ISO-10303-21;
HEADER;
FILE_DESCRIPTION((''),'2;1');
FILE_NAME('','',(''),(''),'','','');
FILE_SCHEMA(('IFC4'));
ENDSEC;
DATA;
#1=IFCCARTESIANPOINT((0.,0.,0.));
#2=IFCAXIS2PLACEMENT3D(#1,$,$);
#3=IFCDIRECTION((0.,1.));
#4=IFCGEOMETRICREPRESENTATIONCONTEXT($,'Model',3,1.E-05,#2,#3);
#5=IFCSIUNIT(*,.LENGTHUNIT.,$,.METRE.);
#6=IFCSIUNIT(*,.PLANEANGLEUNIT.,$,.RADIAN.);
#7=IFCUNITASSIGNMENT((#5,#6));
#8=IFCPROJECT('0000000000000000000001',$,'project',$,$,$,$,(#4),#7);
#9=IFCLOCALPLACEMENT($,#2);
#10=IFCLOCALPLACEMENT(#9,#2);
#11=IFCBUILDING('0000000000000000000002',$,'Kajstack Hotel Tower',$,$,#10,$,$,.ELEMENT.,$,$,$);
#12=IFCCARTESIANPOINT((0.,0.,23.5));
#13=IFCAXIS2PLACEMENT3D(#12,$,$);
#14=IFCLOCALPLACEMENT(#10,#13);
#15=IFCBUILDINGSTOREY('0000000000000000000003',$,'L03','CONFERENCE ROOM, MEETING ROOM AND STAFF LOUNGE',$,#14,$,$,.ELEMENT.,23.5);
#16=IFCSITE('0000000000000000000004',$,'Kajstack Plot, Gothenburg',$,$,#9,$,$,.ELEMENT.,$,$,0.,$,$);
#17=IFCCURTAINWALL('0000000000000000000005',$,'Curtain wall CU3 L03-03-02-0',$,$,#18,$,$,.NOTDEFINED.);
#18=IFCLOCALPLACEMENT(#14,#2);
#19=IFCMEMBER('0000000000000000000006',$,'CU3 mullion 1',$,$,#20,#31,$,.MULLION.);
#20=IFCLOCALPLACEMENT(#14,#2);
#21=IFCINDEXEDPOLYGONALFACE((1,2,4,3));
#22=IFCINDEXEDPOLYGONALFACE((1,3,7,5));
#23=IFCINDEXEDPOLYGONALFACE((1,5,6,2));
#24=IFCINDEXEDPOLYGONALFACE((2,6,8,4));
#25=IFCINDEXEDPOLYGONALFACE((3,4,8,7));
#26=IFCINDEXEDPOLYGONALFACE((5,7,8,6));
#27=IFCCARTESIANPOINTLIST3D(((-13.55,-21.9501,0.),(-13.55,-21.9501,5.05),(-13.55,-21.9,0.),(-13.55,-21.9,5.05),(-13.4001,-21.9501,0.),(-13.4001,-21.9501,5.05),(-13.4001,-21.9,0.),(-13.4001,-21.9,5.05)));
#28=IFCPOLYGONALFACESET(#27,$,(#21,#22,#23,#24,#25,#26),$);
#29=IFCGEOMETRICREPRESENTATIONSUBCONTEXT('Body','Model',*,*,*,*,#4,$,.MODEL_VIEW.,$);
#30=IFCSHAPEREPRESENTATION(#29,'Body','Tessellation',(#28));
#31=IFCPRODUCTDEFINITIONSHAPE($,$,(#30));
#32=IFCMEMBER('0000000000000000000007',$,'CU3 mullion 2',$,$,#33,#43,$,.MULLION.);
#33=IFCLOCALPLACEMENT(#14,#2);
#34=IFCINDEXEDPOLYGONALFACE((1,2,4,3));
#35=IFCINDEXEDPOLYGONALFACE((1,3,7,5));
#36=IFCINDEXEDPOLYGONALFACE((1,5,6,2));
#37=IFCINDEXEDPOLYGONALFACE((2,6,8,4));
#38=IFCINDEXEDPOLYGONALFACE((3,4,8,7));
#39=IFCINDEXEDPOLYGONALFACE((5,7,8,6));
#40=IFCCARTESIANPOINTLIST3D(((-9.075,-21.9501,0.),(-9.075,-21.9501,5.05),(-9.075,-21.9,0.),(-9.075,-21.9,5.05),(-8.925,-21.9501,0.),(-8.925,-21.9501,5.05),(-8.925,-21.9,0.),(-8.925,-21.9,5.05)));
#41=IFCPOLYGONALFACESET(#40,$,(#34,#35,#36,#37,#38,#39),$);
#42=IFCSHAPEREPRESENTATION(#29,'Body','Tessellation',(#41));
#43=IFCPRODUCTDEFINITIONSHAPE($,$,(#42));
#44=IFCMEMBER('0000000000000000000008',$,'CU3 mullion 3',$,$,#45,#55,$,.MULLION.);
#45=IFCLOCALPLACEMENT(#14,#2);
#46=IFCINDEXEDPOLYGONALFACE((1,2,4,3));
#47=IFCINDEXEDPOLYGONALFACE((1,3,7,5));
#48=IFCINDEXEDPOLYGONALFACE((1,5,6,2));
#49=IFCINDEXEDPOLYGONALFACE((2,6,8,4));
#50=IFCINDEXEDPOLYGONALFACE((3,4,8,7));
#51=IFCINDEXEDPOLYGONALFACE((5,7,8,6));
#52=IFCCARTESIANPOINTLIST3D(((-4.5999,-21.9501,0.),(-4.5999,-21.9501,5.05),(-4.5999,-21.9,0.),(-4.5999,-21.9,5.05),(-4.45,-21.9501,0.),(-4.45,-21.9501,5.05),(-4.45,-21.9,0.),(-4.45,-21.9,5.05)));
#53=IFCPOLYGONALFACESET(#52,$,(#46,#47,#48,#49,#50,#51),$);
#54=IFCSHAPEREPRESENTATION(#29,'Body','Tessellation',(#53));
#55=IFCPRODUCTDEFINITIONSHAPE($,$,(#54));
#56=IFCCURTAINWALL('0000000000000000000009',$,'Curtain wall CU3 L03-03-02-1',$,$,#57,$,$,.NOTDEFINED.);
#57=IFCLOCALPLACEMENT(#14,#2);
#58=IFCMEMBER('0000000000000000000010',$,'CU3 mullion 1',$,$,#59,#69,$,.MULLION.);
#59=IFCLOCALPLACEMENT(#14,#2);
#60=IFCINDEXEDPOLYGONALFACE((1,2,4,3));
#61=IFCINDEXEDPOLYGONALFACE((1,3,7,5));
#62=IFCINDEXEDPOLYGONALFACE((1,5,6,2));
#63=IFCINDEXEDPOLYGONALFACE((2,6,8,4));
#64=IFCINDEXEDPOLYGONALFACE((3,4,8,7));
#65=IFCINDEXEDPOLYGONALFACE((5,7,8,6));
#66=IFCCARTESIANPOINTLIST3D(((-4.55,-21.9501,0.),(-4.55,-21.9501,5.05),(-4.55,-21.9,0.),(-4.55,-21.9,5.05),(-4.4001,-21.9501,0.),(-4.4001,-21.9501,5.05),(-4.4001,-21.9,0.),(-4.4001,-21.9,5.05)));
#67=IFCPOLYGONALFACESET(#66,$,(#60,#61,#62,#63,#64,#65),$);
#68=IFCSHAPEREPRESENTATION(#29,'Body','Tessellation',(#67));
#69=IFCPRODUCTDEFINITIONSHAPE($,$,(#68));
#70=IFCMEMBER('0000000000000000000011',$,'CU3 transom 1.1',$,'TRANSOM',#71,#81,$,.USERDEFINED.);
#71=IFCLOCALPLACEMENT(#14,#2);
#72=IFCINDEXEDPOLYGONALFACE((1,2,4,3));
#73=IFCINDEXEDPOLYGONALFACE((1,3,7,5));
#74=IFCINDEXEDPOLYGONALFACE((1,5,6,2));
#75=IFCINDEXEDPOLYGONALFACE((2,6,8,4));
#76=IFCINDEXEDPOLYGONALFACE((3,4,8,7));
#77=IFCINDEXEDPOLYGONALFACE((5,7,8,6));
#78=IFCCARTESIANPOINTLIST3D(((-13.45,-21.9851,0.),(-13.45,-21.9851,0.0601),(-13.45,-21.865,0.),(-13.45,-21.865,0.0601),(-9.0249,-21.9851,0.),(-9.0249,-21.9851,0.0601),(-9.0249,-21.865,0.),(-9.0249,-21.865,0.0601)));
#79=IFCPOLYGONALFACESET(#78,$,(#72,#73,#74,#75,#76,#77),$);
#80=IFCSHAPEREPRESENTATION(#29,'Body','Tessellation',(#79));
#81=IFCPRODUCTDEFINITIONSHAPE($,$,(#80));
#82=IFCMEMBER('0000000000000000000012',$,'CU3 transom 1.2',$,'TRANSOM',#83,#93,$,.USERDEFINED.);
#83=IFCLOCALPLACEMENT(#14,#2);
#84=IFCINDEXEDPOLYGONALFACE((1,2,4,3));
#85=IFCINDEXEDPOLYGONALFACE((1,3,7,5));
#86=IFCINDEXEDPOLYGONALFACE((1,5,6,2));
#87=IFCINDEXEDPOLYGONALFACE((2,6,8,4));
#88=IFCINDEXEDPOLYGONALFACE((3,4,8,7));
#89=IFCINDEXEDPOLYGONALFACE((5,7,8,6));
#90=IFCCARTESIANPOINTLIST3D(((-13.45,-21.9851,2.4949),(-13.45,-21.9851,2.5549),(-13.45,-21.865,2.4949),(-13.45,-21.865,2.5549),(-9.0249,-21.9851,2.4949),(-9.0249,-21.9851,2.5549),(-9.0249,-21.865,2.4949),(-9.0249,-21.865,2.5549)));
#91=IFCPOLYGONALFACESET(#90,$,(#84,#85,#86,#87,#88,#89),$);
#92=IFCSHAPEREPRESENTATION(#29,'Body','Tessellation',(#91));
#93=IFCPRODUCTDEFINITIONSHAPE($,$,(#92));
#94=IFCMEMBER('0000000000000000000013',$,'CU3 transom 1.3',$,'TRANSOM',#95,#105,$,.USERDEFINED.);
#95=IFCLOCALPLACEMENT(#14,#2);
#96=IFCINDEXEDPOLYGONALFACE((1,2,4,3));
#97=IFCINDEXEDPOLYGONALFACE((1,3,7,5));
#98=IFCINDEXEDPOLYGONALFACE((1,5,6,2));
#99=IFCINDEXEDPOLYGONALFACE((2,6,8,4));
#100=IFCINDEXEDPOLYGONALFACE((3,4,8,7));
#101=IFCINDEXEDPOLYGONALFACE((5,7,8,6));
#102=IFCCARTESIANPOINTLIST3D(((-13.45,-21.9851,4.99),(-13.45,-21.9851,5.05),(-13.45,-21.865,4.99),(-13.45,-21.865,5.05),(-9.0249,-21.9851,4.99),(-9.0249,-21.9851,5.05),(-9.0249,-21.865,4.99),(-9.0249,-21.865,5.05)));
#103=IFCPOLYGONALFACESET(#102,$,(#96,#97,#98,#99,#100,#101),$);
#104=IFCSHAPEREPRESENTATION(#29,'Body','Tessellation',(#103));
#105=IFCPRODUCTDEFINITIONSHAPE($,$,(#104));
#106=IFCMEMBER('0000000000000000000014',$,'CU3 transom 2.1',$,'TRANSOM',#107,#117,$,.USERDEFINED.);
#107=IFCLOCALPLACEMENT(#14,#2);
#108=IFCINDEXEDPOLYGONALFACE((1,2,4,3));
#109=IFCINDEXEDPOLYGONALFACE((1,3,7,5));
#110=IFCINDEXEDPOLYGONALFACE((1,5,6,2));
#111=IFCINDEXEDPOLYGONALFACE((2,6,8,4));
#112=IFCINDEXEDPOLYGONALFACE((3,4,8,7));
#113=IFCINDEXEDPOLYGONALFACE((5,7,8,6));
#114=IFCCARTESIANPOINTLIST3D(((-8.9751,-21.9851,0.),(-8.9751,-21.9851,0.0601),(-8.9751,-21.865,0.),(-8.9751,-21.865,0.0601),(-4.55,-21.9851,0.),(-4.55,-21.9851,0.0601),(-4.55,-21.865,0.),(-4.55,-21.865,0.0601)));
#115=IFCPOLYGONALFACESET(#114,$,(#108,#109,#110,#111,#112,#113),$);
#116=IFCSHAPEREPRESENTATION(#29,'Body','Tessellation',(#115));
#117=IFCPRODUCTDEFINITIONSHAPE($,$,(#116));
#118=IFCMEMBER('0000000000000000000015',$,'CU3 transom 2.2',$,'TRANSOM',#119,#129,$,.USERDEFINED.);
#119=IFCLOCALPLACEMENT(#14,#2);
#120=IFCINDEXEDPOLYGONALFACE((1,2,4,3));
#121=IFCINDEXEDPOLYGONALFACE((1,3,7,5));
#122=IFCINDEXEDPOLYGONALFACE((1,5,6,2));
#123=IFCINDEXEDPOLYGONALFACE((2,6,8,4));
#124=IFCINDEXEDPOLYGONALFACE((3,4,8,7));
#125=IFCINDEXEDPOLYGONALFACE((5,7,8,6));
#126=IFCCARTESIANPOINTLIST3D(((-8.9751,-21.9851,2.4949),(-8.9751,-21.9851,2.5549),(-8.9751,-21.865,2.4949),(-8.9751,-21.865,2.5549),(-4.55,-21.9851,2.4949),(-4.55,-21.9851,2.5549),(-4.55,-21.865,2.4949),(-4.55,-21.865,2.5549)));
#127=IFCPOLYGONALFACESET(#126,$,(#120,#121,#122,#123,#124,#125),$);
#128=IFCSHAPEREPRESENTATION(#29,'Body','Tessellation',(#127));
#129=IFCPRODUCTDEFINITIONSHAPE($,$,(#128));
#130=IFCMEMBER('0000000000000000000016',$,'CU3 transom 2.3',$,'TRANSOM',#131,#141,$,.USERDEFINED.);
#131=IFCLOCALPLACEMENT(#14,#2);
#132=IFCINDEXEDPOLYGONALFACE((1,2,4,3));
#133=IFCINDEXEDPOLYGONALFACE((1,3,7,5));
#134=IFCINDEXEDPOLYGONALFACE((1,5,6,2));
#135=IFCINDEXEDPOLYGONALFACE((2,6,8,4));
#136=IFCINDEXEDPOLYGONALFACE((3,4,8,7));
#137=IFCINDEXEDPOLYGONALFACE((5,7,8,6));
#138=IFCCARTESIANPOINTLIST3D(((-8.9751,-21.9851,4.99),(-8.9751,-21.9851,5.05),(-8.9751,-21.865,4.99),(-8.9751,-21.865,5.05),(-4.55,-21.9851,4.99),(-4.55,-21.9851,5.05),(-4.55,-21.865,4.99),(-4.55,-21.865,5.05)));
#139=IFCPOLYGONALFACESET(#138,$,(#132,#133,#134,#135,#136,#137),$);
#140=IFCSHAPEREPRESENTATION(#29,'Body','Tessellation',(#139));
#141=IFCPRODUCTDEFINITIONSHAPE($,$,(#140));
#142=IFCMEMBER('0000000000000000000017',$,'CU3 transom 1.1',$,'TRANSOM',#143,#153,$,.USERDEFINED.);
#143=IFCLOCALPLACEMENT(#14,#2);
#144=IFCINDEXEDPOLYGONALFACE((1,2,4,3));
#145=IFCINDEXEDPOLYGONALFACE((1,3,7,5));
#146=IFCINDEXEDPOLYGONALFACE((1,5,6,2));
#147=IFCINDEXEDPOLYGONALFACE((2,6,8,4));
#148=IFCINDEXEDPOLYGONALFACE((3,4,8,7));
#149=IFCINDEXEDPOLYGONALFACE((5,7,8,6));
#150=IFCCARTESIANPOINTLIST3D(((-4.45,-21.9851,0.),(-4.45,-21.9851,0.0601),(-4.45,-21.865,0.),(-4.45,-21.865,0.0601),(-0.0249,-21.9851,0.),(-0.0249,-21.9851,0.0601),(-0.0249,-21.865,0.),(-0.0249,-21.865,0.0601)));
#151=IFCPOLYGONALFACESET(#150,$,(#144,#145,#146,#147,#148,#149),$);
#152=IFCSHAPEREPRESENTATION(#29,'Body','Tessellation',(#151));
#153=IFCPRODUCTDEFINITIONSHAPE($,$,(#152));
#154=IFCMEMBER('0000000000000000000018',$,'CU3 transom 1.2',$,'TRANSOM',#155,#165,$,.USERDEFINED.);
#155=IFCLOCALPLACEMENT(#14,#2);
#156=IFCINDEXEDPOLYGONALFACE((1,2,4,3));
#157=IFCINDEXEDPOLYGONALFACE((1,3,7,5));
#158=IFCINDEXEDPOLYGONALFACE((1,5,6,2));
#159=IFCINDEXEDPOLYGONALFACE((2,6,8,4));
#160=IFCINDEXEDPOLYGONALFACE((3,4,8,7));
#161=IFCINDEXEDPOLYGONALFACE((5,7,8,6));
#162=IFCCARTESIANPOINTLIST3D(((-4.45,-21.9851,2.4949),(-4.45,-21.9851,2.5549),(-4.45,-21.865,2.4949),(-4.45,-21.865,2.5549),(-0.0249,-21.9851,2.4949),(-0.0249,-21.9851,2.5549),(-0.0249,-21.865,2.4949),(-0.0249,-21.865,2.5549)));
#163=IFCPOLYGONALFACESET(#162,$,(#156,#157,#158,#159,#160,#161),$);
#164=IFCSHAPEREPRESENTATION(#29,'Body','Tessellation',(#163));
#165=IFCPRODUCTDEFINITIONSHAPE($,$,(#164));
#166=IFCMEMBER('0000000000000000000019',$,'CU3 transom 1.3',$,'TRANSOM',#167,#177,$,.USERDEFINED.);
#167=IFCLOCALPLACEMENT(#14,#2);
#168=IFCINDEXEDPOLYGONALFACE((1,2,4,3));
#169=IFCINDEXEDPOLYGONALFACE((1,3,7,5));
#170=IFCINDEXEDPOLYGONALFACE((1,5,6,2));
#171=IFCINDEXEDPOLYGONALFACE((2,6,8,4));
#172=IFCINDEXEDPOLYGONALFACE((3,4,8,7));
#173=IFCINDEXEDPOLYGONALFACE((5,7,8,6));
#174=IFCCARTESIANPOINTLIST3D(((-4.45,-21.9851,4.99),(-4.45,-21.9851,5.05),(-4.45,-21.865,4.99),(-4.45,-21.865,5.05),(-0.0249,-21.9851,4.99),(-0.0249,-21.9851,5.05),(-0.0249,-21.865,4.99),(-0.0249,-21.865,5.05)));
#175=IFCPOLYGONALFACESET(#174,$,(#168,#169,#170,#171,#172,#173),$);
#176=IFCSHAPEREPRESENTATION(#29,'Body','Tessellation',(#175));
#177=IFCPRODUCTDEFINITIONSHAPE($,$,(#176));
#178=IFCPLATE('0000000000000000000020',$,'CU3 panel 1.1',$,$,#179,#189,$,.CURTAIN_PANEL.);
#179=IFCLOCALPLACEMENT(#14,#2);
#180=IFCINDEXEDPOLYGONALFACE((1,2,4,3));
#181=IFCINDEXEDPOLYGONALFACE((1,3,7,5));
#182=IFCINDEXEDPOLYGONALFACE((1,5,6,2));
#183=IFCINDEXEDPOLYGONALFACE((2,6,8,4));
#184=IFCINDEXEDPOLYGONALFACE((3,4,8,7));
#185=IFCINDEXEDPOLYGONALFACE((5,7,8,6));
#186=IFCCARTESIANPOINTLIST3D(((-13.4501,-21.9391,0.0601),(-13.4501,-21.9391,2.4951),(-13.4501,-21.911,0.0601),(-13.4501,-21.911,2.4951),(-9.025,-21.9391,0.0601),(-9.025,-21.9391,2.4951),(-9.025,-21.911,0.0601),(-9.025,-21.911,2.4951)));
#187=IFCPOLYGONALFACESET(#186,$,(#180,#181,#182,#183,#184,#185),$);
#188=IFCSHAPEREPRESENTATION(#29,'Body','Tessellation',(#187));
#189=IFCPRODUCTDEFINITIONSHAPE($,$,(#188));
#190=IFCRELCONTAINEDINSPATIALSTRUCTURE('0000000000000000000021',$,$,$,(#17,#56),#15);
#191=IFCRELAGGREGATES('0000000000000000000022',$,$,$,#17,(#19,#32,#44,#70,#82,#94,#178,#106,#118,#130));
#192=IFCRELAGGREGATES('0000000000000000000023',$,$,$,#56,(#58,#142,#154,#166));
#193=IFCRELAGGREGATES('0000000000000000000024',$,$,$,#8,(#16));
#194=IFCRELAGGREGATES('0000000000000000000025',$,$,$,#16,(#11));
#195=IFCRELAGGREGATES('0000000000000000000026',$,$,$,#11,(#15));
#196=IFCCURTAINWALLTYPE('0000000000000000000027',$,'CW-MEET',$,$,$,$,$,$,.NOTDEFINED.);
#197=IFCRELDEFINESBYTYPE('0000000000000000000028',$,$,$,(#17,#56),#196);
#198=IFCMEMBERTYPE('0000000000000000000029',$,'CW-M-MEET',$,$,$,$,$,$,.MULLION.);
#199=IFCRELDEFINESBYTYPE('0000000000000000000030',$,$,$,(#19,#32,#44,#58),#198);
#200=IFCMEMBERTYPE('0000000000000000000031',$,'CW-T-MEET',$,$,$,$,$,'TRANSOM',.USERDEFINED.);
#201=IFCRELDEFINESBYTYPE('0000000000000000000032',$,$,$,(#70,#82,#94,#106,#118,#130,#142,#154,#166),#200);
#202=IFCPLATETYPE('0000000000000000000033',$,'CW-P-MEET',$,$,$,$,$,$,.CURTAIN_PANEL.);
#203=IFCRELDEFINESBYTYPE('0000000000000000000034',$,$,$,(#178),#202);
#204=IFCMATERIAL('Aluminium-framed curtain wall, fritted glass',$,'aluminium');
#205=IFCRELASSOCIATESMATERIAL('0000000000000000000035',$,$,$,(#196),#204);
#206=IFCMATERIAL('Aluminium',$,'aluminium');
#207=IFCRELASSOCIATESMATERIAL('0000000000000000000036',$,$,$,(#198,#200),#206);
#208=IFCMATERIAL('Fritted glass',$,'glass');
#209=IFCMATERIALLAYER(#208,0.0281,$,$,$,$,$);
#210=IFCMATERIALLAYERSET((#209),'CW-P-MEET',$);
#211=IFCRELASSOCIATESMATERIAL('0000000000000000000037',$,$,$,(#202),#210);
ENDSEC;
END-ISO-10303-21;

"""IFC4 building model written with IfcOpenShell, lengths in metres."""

from ifc_helpers import new_model, si_unit, direction, frame, origin, origin_2d, place, context, subcontext, project, spatial, rectangle, extrude, material, layer, layer_set, material_profile, profile_set, type_object, element, aggregate, save


model = new_model("IFC4")

# Units and contexts
model_context = context("Model", 3, precision=1e-05, world=origin(), true_north=direction((0.0, 1.0)))
body_context = subcontext(model_context, "Body", "Model", "MODEL_VIEW")
ifc_project = project(units=[si_unit("LENGTHUNIT", "METRE"), si_unit("PLANEANGLEUNIT", "RADIAN")], contexts=[model_context])

# Site, building, storey
site_placement = place(None, origin())
site = spatial("IfcSite", under=ifc_project, at=site_placement, Name="Kajstack Plot, Gothenburg", CompositionType="ELEMENT", RefElevation=0.0)
building_placement = place(site_placement, origin())
building = spatial("IfcBuilding", under=site, at=building_placement, Name="Kajstack Hotel Tower", CompositionType="ELEMENT")
storey_placement = place(building_placement, frame((0.0, 0.0, 23.5)))
storey = spatial("IfcBuildingStorey", under=building, at=storey_placement, Name="L03", Description="CONFERENCE ROOM, MEETING ROOM AND STAFF LOUNGE", CompositionType="ELEMENT", Elevation=23.5)

# Curtain wall, members
ifc_material_1 = material(Name="Aluminium-framed curtain wall, fritted glass", Category="aluminium")
curtain_wall_type = type_object("IfcCurtainWallType", Name="CW-MEET", PredefinedType="NOTDEFINED", material=ifc_material_1)
curtain_wall_1_placement = place(storey_placement, origin())
curtain_wall_1 = element("IfcCurtainWall", 1, at=curtain_wall_1_placement, inside=storey, type_object=curtain_wall_type, Name="Curtain wall CU3 L03-03-02-0", PredefinedType="NOTDEFINED")
ifc_material_2 = material(Name="Aluminium", Category="aluminium")
ifc_material_profile_1 = material_profile(ifc_material_2, rectangle(XDim=0.05, YDim=0.1499, at=origin_2d()), Name="Aluminium mullion 50 x 150")
ifc_profile_set_1 = profile_set([ifc_material_profile_1], Name="Aluminium")
member_type_1 = type_object("IfcMemberType", Name="CW-M-MEET", PredefinedType="MULLION", material=ifc_profile_set_1)
member_1_placement = place(storey_placement, frame((-13.4751, -21.925, 0.0), z_axis=(0.0, 0.0, 1.0), x_axis=(0.0, 1.0, 0.0)))
member_1 = element("IfcMember", 2, at=member_1_placement, type_object=member_type_1, Name="CU3 mullion 1", PredefinedType="MULLION", context=body_context, shape_type="SweptSolid", body=[
    extrude(rectangle(XDim=0.05, YDim=0.1499, at=origin_2d()), origin(), (0.0, 0.0, 1.0), 5.05),
])
member_2_placement = place(storey_placement, frame((-9.0, -21.925, 0.0), z_axis=(0.0, 0.0, 1.0), x_axis=(0.0, 1.0, 0.0)))
member_2 = element("IfcMember", 3, at=member_2_placement, type_object=member_type_1, Name="CU3 mullion 2", PredefinedType="MULLION", context=body_context, shape_type="SweptSolid", body=[
    extrude(rectangle(XDim=0.05, YDim=0.1499, at=origin_2d()), origin(), (0.0, 0.0, 1.0), 5.05),
])
member_3_placement = place(storey_placement, frame((-4.5249, -21.925, 0.0), z_axis=(0.0, 0.0, 1.0), x_axis=(0.0, 1.0, 0.0)))
member_3 = element("IfcMember", 4, at=member_3_placement, type_object=member_type_1, Name="CU3 mullion 3", PredefinedType="MULLION", context=body_context, shape_type="SweptSolid", body=[
    extrude(rectangle(XDim=0.05, YDim=0.1499, at=origin_2d()), origin(), (0.0, 0.0, 1.0), 5.05),
])

# Curtain wall, member
curtain_wall_2_placement = place(storey_placement, origin())
curtain_wall_2 = element("IfcCurtainWall", 5, at=curtain_wall_2_placement, inside=storey, type_object=curtain_wall_type, Name="Curtain wall CU3 L03-03-02-1", PredefinedType="NOTDEFINED")
member_4_placement = place(storey_placement, frame((-4.4751, -21.925, 0.0), z_axis=(0.0, 0.0, 1.0), x_axis=(0.0, 1.0, 0.0)))
member_4 = element("IfcMember", 6, at=member_4_placement, type_object=member_type_1, Name="CU3 mullion 1", PredefinedType="MULLION", context=body_context, shape_type="SweptSolid", body=[
    extrude(rectangle(XDim=0.05, YDim=0.1499, at=origin_2d()), origin(), (0.0, 0.0, 1.0), 5.05),
])

# Members
ifc_material_profile_2 = material_profile(ifc_material_2, rectangle(XDim=0.1201, YDim=0.0601, at=origin_2d()), Name="Aluminium transom 120 x 60")
ifc_profile_set_2 = profile_set([ifc_material_profile_2], Name="Aluminium")
member_type_2 = type_object("IfcMemberType", Name="CW-T-MEET", ElementType="TRANSOM", PredefinedType="USERDEFINED", material=ifc_profile_set_2)
member_5_placement = place(storey_placement, frame((-13.45, -21.925, 0.03), z_axis=(1.0, 0.0, 0.0), x_axis=(0.0, 1.0, 0.0)))
member_5 = element("IfcMember", 7, at=member_5_placement, type_object=member_type_2, Name="CU3 transom 1.1", ObjectType="TRANSOM", PredefinedType="USERDEFINED", context=body_context, shape_type="SweptSolid", body=[
    extrude(rectangle(XDim=0.1201, YDim=0.0601, at=origin_2d()), origin(), (0.0, 0.0, 1.0), 4.425),
])
member_6_placement = place(storey_placement, frame((-13.45, -21.925, 2.5249), z_axis=(1.0, 0.0, 0.0), x_axis=(0.0, 1.0, 0.0)))
member_6 = element("IfcMember", 8, at=member_6_placement, type_object=member_type_2, Name="CU3 transom 1.2", ObjectType="TRANSOM", PredefinedType="USERDEFINED", context=body_context, shape_type="SweptSolid", body=[
    extrude(rectangle(XDim=0.1201, YDim=0.0601, at=origin_2d()), origin(), (0.0, 0.0, 1.0), 4.425),
])
member_7_placement = place(storey_placement, frame((-13.45, -21.925, 5.02), z_axis=(1.0, 0.0, 0.0), x_axis=(0.0, 1.0, 0.0)))
member_7 = element("IfcMember", 9, at=member_7_placement, type_object=member_type_2, Name="CU3 transom 1.3", ObjectType="TRANSOM", PredefinedType="USERDEFINED", context=body_context, shape_type="SweptSolid", body=[
    extrude(rectangle(XDim=0.1201, YDim=0.0601, at=origin_2d()), origin(), (0.0, 0.0, 1.0), 4.425),
])
member_8_placement = place(storey_placement, frame((-8.9751, -21.925, 0.03), z_axis=(1.0, 0.0, 0.0), x_axis=(0.0, 1.0, 0.0)))
member_8 = element("IfcMember", 10, at=member_8_placement, type_object=member_type_2, Name="CU3 transom 2.1", ObjectType="TRANSOM", PredefinedType="USERDEFINED", context=body_context, shape_type="SweptSolid", body=[
    extrude(rectangle(XDim=0.1201, YDim=0.0601, at=origin_2d()), origin(), (0.0, 0.0, 1.0), 4.425),
])
member_9_placement = place(storey_placement, frame((-8.9751, -21.925, 2.5249), z_axis=(1.0, 0.0, 0.0), x_axis=(0.0, 1.0, 0.0)))
member_9 = element("IfcMember", 11, at=member_9_placement, type_object=member_type_2, Name="CU3 transom 2.2", ObjectType="TRANSOM", PredefinedType="USERDEFINED", context=body_context, shape_type="SweptSolid", body=[
    extrude(rectangle(XDim=0.1201, YDim=0.0601, at=origin_2d()), origin(), (0.0, 0.0, 1.0), 4.425),
])
member_10_placement = place(storey_placement, frame((-8.9751, -21.925, 5.02), z_axis=(1.0, 0.0, 0.0), x_axis=(0.0, 1.0, 0.0)))
member_10 = element("IfcMember", 12, at=member_10_placement, type_object=member_type_2, Name="CU3 transom 2.3", ObjectType="TRANSOM", PredefinedType="USERDEFINED", context=body_context, shape_type="SweptSolid", body=[
    extrude(rectangle(XDim=0.1201, YDim=0.0601, at=origin_2d()), origin(), (0.0, 0.0, 1.0), 4.425),
])
member_11_placement = place(storey_placement, frame((-4.45, -21.925, 0.03), z_axis=(1.0, 0.0, 0.0), x_axis=(0.0, 1.0, 0.0)))
member_11 = element("IfcMember", 13, at=member_11_placement, type_object=member_type_2, Name="CU3 transom 1.1", ObjectType="TRANSOM", PredefinedType="USERDEFINED", context=body_context, shape_type="SweptSolid", body=[
    extrude(rectangle(XDim=0.1201, YDim=0.0601, at=origin_2d()), origin(), (0.0, 0.0, 1.0), 4.425),
])
member_12_placement = place(storey_placement, frame((-4.45, -21.925, 2.5249), z_axis=(1.0, 0.0, 0.0), x_axis=(0.0, 1.0, 0.0)))
member_12 = element("IfcMember", 14, at=member_12_placement, type_object=member_type_2, Name="CU3 transom 1.2", ObjectType="TRANSOM", PredefinedType="USERDEFINED", context=body_context, shape_type="SweptSolid", body=[
    extrude(rectangle(XDim=0.1201, YDim=0.0601, at=origin_2d()), origin(), (0.0, 0.0, 1.0), 4.425),
])
member_13_placement = place(storey_placement, frame((-4.45, -21.925, 5.02), z_axis=(1.0, 0.0, 0.0), x_axis=(0.0, 1.0, 0.0)))
member_13 = element("IfcMember", 15, at=member_13_placement, type_object=member_type_2, Name="CU3 transom 1.3", ObjectType="TRANSOM", PredefinedType="USERDEFINED", context=body_context, shape_type="SweptSolid", body=[
    extrude(rectangle(XDim=0.1201, YDim=0.0601, at=origin_2d()), origin(), (0.0, 0.0, 1.0), 4.425),
])

# Plate
ifc_material_3 = material(Name="Fritted glass", Category="glass")
ifc_layer = layer(ifc_material_3, 0.0281)
ifc_layer_set = layer_set([ifc_layer], Name="CW-P-MEET")
plate_type = type_object("IfcPlateType", Name="CW-P-MEET", PredefinedType="CURTAIN_PANEL", material=ifc_layer_set)
plate_1_placement = place(storey_placement, frame((-11.2375, -21.925, 0.0601), z_axis=(0.0, 0.0, 1.0), x_axis=(1.0, 0.0, 0.0)))
plate_1 = element("IfcPlate", 16, at=plate_1_placement, type_object=plate_type, Name="CU3 panel 1.1", PredefinedType="CURTAIN_PANEL", context=body_context, shape_type="SweptSolid", body=[
    extrude(rectangle(XDim=4.425, YDim=0.0281, at=origin_2d()), origin(), (0.0, 0.0, 1.0), 2.4351),
])
aggregate(curtain_wall_1, [member_1, member_2, member_3, member_5, member_6, member_7, plate_1, member_8, member_9, member_10])
aggregate(curtain_wall_2, [member_4, member_11, member_12, member_13])

save(model, "model.ifc")
